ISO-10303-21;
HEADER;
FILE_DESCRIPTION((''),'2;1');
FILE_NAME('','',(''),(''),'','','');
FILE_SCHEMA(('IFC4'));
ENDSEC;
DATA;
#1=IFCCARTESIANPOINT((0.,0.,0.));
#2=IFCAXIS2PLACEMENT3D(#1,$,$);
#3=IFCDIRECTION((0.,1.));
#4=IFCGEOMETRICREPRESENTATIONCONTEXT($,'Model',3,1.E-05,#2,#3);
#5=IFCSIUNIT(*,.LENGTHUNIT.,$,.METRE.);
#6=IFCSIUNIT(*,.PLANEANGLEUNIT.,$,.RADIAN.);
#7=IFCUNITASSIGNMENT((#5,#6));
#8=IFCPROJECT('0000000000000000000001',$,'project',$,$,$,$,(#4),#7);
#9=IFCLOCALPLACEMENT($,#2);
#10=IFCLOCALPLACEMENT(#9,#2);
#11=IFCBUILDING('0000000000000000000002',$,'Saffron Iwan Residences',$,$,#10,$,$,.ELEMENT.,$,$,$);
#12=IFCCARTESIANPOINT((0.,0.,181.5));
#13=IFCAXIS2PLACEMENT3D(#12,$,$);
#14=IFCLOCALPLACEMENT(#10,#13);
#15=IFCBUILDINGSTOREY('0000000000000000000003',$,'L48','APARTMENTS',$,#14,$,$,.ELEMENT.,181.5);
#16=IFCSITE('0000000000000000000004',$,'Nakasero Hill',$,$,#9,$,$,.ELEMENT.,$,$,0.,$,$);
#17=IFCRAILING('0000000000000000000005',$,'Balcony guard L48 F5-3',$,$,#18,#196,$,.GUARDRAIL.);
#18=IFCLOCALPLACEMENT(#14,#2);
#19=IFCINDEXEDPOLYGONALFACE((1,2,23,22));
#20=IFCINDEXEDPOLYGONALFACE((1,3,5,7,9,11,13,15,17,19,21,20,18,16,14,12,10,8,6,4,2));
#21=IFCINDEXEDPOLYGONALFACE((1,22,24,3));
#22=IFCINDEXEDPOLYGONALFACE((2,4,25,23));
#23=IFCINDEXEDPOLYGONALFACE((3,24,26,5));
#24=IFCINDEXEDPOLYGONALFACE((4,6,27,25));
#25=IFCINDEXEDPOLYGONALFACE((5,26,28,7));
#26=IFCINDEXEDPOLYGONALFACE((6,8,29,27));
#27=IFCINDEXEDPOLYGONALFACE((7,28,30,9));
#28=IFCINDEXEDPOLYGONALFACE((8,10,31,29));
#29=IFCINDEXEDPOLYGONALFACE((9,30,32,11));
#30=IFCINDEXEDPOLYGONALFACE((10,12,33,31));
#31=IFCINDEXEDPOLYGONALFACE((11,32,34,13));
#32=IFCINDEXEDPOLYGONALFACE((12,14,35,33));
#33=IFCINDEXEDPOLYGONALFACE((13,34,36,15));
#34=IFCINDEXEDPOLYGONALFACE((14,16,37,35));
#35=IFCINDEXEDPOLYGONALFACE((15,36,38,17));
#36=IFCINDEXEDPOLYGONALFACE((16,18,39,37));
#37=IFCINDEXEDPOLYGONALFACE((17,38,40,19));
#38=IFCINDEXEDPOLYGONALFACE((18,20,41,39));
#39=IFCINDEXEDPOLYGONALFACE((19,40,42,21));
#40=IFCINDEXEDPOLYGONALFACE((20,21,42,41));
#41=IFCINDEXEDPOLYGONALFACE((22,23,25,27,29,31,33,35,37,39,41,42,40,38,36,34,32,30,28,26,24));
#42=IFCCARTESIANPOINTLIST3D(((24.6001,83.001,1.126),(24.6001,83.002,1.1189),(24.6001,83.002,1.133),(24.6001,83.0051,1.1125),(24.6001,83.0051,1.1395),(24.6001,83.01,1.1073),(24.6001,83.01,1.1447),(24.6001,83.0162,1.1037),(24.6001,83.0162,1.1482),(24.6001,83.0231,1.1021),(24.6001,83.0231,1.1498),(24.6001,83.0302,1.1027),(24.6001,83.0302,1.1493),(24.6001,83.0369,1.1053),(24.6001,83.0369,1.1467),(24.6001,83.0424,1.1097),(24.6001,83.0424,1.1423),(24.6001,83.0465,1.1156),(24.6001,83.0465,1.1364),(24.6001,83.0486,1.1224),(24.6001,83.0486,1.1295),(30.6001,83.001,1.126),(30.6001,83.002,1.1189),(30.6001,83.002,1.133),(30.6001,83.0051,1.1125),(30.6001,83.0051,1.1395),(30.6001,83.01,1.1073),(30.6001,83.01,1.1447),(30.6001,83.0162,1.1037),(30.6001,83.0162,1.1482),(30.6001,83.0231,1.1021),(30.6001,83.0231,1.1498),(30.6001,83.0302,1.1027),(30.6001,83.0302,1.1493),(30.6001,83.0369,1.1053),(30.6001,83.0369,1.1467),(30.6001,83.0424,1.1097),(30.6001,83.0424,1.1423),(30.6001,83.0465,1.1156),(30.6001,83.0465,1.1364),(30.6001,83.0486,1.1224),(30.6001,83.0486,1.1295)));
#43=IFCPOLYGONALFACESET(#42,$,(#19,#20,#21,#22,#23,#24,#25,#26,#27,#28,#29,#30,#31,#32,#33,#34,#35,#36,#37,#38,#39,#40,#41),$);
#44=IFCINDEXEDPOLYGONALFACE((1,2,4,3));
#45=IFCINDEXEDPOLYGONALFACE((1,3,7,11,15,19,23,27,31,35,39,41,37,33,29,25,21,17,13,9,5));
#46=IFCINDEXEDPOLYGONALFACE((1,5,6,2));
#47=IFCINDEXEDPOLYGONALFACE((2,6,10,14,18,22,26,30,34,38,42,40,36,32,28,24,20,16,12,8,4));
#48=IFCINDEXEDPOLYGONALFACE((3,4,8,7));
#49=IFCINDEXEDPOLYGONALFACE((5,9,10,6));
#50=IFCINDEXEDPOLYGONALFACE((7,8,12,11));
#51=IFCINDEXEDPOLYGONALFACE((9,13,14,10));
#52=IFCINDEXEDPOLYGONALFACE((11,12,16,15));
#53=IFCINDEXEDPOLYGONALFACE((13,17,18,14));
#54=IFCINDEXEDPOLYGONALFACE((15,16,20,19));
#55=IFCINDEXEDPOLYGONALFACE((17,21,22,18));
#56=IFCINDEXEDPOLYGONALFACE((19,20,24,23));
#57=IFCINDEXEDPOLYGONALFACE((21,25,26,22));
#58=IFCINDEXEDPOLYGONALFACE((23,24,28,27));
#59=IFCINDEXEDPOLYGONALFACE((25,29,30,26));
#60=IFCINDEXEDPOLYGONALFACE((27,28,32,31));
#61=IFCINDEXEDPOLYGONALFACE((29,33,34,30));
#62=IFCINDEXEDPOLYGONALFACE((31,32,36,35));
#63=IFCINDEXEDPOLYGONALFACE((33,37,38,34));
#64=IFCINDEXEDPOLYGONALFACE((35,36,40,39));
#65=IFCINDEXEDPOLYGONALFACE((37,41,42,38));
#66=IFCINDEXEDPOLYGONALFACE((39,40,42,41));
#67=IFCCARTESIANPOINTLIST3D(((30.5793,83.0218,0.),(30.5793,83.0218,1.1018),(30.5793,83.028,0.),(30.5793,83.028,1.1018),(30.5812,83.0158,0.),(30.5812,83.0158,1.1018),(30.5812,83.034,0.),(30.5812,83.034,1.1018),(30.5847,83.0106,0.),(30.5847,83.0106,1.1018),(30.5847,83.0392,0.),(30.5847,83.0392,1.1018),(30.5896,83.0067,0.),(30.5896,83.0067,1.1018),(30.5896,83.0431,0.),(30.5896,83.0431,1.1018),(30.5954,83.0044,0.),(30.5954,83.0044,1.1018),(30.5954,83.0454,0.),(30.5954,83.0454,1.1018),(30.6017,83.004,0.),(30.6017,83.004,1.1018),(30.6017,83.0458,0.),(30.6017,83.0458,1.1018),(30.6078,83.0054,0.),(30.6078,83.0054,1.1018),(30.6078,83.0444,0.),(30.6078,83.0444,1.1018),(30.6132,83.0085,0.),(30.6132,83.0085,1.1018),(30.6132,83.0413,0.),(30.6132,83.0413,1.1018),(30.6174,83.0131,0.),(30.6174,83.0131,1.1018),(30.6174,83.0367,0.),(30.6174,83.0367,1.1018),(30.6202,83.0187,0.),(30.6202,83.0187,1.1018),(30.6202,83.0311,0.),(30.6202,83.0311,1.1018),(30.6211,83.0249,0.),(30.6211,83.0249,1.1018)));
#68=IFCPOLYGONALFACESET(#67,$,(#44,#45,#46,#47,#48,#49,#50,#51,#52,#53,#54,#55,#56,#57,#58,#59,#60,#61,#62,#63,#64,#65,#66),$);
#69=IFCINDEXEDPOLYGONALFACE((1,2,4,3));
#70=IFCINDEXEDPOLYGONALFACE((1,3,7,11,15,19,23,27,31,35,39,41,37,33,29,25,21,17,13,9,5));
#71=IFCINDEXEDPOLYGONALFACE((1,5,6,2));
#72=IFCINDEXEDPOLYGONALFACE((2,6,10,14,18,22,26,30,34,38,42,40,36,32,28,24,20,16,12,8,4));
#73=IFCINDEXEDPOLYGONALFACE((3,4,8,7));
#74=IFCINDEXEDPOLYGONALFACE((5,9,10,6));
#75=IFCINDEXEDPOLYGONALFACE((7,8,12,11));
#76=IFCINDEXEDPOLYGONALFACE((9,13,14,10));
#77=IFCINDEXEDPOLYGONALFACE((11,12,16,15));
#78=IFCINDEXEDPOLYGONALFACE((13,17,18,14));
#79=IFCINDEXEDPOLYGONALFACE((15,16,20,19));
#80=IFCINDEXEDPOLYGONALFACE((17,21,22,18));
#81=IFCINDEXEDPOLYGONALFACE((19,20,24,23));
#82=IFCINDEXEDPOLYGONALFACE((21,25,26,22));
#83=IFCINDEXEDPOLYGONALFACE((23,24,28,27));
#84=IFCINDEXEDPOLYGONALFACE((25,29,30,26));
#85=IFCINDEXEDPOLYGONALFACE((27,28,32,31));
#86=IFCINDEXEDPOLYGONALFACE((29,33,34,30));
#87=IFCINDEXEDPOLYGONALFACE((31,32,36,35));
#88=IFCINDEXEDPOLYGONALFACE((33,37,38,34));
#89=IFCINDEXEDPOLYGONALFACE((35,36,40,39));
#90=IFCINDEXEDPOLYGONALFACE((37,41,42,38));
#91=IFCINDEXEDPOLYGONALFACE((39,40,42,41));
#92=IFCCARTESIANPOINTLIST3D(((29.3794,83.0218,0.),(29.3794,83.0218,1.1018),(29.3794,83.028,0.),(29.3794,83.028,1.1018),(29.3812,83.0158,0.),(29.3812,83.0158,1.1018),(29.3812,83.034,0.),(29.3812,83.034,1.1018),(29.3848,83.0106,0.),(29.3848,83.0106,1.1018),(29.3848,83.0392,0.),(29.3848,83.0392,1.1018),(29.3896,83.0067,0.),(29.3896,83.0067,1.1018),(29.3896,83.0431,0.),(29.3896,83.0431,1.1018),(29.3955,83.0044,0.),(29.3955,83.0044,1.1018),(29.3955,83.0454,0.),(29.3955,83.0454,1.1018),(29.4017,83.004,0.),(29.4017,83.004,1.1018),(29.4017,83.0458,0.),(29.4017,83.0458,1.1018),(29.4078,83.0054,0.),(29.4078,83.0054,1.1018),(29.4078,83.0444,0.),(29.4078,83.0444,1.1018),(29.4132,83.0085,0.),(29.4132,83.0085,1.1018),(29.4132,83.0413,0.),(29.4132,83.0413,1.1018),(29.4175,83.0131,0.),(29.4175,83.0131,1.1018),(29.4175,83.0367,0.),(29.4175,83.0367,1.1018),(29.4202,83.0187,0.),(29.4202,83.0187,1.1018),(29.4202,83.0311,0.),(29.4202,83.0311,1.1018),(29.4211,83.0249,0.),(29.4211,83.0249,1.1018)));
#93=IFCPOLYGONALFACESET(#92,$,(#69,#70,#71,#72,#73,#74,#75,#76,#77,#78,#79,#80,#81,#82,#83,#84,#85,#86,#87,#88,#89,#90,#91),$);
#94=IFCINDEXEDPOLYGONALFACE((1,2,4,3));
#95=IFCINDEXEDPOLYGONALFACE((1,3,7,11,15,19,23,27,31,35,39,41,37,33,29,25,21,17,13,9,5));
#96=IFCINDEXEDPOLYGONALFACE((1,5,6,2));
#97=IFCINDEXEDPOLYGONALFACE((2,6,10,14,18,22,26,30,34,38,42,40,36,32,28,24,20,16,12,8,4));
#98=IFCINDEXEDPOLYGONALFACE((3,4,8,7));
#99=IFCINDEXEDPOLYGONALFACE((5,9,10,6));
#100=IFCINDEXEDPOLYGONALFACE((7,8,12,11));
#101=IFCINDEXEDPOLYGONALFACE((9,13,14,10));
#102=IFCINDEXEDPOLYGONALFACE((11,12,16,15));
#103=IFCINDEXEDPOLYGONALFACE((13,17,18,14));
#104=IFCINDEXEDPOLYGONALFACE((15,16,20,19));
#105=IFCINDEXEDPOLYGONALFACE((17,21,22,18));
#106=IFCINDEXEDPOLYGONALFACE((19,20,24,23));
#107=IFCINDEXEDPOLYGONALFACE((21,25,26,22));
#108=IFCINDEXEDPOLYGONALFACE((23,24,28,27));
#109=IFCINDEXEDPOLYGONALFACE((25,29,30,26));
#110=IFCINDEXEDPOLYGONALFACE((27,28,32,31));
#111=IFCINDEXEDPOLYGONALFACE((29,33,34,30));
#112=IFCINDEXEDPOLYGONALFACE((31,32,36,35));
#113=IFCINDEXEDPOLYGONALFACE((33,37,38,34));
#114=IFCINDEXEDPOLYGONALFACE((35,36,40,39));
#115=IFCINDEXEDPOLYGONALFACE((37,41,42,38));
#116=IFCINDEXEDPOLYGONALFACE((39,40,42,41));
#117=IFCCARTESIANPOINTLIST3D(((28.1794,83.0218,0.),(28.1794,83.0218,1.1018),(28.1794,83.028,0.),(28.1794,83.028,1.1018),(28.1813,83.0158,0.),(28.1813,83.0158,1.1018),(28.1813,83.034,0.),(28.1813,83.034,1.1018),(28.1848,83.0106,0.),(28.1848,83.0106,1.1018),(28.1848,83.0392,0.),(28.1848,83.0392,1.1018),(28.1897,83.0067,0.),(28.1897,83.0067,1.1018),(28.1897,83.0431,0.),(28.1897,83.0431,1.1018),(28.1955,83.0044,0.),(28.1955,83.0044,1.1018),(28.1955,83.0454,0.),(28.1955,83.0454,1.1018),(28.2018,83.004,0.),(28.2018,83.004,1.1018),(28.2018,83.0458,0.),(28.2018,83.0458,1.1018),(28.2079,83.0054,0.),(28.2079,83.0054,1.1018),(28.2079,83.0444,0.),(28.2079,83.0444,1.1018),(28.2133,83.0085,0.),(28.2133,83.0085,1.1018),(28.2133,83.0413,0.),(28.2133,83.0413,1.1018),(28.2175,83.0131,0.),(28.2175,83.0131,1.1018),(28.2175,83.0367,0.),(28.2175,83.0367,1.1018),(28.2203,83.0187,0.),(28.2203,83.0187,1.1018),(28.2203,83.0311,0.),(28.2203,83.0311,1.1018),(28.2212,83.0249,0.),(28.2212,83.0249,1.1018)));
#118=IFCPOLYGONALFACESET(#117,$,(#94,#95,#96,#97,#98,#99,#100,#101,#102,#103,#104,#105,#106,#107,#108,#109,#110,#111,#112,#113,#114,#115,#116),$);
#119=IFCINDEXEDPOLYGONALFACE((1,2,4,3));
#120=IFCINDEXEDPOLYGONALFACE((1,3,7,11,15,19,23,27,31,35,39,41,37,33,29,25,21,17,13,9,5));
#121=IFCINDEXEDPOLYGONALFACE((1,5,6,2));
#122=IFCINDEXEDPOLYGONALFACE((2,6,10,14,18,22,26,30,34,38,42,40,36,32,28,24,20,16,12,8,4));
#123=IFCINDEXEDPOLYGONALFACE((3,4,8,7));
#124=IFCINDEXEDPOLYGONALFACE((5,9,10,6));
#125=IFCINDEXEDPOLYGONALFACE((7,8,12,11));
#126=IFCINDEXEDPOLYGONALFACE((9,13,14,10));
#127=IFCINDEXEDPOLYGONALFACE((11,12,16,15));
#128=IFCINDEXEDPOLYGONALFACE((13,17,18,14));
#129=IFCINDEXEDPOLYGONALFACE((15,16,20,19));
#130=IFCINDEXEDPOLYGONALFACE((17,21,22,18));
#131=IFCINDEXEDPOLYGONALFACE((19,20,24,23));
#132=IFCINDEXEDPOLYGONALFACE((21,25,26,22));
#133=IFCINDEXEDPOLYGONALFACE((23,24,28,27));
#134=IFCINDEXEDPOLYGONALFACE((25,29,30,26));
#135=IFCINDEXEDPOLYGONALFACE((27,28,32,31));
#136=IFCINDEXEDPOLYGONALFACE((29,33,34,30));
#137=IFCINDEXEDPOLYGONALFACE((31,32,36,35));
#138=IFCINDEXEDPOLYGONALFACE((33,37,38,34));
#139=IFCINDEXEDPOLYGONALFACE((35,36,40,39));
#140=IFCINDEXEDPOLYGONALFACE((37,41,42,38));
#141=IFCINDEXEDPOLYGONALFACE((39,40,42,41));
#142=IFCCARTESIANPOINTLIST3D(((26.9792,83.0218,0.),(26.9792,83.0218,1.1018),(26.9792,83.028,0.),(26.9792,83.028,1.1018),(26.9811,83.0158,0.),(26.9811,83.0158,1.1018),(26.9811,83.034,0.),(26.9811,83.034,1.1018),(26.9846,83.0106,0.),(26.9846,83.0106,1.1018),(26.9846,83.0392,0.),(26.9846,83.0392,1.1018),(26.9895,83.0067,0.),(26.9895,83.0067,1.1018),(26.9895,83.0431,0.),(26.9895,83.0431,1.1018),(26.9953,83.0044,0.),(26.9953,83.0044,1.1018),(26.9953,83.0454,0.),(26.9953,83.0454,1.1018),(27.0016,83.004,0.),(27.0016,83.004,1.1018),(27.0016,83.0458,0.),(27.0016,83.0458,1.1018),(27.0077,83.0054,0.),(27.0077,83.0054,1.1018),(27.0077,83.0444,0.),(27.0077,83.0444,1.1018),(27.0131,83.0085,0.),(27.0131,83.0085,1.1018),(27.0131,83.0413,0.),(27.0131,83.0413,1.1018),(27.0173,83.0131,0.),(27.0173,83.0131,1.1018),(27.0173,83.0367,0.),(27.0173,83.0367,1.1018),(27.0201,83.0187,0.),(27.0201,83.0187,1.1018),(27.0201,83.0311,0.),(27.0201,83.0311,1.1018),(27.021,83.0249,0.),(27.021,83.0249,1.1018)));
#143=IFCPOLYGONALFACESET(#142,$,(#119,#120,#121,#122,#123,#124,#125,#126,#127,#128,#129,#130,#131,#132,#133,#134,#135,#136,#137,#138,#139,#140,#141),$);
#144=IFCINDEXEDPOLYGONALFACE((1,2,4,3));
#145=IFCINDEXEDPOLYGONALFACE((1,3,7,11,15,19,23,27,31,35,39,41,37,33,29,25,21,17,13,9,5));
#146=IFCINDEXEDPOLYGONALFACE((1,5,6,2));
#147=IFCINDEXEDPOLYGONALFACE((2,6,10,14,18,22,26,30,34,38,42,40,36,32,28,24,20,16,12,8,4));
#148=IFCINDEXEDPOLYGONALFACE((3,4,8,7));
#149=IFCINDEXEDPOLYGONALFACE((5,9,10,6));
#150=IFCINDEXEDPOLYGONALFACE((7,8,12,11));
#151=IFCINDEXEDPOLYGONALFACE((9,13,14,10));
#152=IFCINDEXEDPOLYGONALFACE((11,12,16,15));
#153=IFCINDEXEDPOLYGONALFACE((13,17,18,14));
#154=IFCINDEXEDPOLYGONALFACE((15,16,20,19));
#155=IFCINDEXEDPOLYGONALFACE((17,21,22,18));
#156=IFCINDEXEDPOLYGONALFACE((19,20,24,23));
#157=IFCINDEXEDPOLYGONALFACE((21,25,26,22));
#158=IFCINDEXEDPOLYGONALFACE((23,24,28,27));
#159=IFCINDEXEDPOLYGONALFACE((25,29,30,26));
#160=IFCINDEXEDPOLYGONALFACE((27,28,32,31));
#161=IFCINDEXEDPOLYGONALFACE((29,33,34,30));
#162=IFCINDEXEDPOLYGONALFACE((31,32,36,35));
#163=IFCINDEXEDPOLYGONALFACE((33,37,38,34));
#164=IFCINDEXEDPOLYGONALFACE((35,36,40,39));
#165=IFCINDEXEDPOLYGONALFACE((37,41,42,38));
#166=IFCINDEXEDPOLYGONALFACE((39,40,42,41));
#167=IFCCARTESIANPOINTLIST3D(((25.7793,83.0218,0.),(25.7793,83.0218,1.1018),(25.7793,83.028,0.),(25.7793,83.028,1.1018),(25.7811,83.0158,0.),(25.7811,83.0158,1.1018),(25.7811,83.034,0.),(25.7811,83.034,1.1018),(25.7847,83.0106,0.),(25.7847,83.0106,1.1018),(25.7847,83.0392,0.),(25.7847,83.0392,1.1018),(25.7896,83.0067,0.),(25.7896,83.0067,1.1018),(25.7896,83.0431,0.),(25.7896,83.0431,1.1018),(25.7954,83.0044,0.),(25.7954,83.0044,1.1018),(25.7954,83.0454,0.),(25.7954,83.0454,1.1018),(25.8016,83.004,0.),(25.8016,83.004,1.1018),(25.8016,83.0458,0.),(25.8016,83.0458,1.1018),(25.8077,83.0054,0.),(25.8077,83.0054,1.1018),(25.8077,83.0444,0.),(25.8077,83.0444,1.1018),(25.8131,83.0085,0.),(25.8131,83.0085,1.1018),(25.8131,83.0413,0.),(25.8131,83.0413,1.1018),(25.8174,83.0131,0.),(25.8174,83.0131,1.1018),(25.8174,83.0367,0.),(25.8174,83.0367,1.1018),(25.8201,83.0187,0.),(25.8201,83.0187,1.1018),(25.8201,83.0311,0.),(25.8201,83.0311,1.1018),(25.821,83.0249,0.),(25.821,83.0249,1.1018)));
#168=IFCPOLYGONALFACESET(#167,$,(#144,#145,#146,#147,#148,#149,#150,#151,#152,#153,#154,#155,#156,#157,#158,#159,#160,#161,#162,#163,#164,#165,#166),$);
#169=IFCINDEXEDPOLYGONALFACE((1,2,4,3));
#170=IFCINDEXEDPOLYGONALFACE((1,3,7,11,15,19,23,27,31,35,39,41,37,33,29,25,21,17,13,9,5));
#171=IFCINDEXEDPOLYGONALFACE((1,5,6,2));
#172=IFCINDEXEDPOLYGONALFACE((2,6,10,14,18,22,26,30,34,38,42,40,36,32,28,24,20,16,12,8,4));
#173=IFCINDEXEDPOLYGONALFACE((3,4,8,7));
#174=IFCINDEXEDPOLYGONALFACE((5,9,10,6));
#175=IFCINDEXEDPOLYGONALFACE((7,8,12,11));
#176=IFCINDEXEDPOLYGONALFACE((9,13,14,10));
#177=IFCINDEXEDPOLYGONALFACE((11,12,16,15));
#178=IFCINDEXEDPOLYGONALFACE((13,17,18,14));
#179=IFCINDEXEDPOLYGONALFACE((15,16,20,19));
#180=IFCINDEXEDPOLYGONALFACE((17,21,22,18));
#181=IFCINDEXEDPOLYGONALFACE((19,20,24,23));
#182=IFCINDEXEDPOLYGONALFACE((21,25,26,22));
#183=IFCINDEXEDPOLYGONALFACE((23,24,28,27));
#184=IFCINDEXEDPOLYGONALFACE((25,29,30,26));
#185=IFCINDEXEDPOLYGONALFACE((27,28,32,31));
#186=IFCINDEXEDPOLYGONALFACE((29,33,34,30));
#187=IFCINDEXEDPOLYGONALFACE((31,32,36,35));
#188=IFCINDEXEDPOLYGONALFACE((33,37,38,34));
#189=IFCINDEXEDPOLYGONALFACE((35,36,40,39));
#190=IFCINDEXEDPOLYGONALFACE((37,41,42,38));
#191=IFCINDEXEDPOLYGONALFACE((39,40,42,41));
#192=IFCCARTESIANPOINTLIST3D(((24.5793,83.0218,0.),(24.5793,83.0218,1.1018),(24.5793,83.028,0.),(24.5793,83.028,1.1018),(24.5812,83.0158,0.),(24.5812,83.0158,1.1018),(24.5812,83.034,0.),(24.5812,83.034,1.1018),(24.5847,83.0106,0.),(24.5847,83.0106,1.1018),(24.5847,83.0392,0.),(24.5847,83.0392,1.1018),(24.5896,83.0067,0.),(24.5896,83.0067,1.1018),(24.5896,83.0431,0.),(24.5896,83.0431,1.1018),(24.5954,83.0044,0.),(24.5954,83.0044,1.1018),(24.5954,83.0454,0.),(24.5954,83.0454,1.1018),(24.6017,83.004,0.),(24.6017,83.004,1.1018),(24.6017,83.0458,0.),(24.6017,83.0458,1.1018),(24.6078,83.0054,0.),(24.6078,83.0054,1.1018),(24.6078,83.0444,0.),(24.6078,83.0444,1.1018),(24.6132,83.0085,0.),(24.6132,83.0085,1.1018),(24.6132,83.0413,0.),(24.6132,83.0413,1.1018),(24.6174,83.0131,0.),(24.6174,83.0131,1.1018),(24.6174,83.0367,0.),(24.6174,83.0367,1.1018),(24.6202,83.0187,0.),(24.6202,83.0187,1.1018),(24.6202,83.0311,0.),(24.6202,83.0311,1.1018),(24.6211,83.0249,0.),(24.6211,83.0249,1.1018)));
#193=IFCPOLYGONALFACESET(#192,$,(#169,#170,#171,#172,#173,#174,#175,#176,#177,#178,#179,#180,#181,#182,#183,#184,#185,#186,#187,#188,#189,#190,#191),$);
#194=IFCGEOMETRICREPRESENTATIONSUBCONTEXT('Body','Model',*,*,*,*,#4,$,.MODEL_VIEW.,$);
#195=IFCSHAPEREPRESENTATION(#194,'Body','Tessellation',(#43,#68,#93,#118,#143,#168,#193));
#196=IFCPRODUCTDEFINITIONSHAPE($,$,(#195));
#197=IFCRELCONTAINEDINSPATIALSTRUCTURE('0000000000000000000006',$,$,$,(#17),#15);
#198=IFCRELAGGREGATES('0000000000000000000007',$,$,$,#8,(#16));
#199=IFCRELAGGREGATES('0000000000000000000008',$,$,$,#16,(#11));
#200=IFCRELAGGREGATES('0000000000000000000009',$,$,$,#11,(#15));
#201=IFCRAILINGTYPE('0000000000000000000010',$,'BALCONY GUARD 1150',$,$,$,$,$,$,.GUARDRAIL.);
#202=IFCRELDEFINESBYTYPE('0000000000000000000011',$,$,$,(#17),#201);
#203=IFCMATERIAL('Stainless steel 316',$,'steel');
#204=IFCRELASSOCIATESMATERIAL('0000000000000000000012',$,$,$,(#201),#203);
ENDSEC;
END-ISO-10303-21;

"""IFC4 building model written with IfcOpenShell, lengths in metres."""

from ifc_helpers import new_model, si_unit, direction, frame, origin, origin_2d, place, context, subcontext, project, spatial, circle, extrude, material, type_object, element, save


model = new_model("IFC4")

# Units and contexts
model_context = context("Model", 3, precision=1e-05, world=origin(), true_north=direction((0.0, 1.0)))
body_context = subcontext(model_context, "Body", "Model", "MODEL_VIEW")
ifc_project = project(units=[si_unit("LENGTHUNIT", "METRE"), si_unit("PLANEANGLEUNIT", "RADIAN")], contexts=[model_context])

# Site, building, storey
site_placement = place(None, origin())
site = spatial("IfcSite", under=ifc_project, at=site_placement, Name="Nakasero Hill", CompositionType="ELEMENT", RefElevation=0.0)
building_placement = place(site_placement, origin())
building = spatial("IfcBuilding", under=site, at=building_placement, Name="Saffron Iwan Residences", CompositionType="ELEMENT")
storey_placement = place(building_placement, frame((0.0, 0.0, 181.5)))
storey = spatial("IfcBuildingStorey", under=building, at=storey_placement, Name="L48", Description="APARTMENTS", CompositionType="ELEMENT", Elevation=181.5)

# Railing
ifc_material_1 = material(Name="Stainless steel 316", Category="steel")
railing_type_1 = type_object("IfcRailingType", Name="BALCONY GUARD 1150", PredefinedType="GUARDRAIL", material=ifc_material_1)
railing_1_placement = place(storey_placement, frame((30.6001, 83.0249, 0.0)))
element("IfcRailing", 1, at=railing_1_placement, inside=storey, type_object=railing_type_1, Name="Balcony guard L48 F5-3", PredefinedType="GUARDRAIL", context=body_context, shape_type="SweptSolid", body=[
    extrude(circle(Radius=0.0239, at=origin_2d()), frame((0.0, 0.0, 1.126), z_axis=(-1.0, 0.0, 0.0), x_axis=(0.0, -1.0, 0.0)), (0.0, 0.0, 1.0), 6.0),
    extrude(circle(Radius=0.021, at=origin_2d()), origin(), (0.0, 0.0, 1.0), 1.1018),
    extrude(circle(Radius=0.021, at=origin_2d()), frame((-1.2, 0.0, 0.0)), (0.0, 0.0, 1.0), 1.1018),
    extrude(circle(Radius=0.021, at=origin_2d()), frame((-2.3999, 0.0, 0.0)), (0.0, 0.0, 1.0), 1.1018),
    extrude(circle(Radius=0.021, at=origin_2d()), frame((-3.6001, 0.0, 0.0)), (0.0, 0.0, 1.0), 1.1018),
    extrude(circle(Radius=0.021, at=origin_2d()), frame((-4.8, 0.0, 0.0)), (0.0, 0.0, 1.0), 1.1018),
    extrude(circle(Radius=0.021, at=origin_2d()), frame((-6.0, 0.0, 0.0)), (0.0, 0.0, 1.0), 1.1018),
])

save(model, "model.ifc")
